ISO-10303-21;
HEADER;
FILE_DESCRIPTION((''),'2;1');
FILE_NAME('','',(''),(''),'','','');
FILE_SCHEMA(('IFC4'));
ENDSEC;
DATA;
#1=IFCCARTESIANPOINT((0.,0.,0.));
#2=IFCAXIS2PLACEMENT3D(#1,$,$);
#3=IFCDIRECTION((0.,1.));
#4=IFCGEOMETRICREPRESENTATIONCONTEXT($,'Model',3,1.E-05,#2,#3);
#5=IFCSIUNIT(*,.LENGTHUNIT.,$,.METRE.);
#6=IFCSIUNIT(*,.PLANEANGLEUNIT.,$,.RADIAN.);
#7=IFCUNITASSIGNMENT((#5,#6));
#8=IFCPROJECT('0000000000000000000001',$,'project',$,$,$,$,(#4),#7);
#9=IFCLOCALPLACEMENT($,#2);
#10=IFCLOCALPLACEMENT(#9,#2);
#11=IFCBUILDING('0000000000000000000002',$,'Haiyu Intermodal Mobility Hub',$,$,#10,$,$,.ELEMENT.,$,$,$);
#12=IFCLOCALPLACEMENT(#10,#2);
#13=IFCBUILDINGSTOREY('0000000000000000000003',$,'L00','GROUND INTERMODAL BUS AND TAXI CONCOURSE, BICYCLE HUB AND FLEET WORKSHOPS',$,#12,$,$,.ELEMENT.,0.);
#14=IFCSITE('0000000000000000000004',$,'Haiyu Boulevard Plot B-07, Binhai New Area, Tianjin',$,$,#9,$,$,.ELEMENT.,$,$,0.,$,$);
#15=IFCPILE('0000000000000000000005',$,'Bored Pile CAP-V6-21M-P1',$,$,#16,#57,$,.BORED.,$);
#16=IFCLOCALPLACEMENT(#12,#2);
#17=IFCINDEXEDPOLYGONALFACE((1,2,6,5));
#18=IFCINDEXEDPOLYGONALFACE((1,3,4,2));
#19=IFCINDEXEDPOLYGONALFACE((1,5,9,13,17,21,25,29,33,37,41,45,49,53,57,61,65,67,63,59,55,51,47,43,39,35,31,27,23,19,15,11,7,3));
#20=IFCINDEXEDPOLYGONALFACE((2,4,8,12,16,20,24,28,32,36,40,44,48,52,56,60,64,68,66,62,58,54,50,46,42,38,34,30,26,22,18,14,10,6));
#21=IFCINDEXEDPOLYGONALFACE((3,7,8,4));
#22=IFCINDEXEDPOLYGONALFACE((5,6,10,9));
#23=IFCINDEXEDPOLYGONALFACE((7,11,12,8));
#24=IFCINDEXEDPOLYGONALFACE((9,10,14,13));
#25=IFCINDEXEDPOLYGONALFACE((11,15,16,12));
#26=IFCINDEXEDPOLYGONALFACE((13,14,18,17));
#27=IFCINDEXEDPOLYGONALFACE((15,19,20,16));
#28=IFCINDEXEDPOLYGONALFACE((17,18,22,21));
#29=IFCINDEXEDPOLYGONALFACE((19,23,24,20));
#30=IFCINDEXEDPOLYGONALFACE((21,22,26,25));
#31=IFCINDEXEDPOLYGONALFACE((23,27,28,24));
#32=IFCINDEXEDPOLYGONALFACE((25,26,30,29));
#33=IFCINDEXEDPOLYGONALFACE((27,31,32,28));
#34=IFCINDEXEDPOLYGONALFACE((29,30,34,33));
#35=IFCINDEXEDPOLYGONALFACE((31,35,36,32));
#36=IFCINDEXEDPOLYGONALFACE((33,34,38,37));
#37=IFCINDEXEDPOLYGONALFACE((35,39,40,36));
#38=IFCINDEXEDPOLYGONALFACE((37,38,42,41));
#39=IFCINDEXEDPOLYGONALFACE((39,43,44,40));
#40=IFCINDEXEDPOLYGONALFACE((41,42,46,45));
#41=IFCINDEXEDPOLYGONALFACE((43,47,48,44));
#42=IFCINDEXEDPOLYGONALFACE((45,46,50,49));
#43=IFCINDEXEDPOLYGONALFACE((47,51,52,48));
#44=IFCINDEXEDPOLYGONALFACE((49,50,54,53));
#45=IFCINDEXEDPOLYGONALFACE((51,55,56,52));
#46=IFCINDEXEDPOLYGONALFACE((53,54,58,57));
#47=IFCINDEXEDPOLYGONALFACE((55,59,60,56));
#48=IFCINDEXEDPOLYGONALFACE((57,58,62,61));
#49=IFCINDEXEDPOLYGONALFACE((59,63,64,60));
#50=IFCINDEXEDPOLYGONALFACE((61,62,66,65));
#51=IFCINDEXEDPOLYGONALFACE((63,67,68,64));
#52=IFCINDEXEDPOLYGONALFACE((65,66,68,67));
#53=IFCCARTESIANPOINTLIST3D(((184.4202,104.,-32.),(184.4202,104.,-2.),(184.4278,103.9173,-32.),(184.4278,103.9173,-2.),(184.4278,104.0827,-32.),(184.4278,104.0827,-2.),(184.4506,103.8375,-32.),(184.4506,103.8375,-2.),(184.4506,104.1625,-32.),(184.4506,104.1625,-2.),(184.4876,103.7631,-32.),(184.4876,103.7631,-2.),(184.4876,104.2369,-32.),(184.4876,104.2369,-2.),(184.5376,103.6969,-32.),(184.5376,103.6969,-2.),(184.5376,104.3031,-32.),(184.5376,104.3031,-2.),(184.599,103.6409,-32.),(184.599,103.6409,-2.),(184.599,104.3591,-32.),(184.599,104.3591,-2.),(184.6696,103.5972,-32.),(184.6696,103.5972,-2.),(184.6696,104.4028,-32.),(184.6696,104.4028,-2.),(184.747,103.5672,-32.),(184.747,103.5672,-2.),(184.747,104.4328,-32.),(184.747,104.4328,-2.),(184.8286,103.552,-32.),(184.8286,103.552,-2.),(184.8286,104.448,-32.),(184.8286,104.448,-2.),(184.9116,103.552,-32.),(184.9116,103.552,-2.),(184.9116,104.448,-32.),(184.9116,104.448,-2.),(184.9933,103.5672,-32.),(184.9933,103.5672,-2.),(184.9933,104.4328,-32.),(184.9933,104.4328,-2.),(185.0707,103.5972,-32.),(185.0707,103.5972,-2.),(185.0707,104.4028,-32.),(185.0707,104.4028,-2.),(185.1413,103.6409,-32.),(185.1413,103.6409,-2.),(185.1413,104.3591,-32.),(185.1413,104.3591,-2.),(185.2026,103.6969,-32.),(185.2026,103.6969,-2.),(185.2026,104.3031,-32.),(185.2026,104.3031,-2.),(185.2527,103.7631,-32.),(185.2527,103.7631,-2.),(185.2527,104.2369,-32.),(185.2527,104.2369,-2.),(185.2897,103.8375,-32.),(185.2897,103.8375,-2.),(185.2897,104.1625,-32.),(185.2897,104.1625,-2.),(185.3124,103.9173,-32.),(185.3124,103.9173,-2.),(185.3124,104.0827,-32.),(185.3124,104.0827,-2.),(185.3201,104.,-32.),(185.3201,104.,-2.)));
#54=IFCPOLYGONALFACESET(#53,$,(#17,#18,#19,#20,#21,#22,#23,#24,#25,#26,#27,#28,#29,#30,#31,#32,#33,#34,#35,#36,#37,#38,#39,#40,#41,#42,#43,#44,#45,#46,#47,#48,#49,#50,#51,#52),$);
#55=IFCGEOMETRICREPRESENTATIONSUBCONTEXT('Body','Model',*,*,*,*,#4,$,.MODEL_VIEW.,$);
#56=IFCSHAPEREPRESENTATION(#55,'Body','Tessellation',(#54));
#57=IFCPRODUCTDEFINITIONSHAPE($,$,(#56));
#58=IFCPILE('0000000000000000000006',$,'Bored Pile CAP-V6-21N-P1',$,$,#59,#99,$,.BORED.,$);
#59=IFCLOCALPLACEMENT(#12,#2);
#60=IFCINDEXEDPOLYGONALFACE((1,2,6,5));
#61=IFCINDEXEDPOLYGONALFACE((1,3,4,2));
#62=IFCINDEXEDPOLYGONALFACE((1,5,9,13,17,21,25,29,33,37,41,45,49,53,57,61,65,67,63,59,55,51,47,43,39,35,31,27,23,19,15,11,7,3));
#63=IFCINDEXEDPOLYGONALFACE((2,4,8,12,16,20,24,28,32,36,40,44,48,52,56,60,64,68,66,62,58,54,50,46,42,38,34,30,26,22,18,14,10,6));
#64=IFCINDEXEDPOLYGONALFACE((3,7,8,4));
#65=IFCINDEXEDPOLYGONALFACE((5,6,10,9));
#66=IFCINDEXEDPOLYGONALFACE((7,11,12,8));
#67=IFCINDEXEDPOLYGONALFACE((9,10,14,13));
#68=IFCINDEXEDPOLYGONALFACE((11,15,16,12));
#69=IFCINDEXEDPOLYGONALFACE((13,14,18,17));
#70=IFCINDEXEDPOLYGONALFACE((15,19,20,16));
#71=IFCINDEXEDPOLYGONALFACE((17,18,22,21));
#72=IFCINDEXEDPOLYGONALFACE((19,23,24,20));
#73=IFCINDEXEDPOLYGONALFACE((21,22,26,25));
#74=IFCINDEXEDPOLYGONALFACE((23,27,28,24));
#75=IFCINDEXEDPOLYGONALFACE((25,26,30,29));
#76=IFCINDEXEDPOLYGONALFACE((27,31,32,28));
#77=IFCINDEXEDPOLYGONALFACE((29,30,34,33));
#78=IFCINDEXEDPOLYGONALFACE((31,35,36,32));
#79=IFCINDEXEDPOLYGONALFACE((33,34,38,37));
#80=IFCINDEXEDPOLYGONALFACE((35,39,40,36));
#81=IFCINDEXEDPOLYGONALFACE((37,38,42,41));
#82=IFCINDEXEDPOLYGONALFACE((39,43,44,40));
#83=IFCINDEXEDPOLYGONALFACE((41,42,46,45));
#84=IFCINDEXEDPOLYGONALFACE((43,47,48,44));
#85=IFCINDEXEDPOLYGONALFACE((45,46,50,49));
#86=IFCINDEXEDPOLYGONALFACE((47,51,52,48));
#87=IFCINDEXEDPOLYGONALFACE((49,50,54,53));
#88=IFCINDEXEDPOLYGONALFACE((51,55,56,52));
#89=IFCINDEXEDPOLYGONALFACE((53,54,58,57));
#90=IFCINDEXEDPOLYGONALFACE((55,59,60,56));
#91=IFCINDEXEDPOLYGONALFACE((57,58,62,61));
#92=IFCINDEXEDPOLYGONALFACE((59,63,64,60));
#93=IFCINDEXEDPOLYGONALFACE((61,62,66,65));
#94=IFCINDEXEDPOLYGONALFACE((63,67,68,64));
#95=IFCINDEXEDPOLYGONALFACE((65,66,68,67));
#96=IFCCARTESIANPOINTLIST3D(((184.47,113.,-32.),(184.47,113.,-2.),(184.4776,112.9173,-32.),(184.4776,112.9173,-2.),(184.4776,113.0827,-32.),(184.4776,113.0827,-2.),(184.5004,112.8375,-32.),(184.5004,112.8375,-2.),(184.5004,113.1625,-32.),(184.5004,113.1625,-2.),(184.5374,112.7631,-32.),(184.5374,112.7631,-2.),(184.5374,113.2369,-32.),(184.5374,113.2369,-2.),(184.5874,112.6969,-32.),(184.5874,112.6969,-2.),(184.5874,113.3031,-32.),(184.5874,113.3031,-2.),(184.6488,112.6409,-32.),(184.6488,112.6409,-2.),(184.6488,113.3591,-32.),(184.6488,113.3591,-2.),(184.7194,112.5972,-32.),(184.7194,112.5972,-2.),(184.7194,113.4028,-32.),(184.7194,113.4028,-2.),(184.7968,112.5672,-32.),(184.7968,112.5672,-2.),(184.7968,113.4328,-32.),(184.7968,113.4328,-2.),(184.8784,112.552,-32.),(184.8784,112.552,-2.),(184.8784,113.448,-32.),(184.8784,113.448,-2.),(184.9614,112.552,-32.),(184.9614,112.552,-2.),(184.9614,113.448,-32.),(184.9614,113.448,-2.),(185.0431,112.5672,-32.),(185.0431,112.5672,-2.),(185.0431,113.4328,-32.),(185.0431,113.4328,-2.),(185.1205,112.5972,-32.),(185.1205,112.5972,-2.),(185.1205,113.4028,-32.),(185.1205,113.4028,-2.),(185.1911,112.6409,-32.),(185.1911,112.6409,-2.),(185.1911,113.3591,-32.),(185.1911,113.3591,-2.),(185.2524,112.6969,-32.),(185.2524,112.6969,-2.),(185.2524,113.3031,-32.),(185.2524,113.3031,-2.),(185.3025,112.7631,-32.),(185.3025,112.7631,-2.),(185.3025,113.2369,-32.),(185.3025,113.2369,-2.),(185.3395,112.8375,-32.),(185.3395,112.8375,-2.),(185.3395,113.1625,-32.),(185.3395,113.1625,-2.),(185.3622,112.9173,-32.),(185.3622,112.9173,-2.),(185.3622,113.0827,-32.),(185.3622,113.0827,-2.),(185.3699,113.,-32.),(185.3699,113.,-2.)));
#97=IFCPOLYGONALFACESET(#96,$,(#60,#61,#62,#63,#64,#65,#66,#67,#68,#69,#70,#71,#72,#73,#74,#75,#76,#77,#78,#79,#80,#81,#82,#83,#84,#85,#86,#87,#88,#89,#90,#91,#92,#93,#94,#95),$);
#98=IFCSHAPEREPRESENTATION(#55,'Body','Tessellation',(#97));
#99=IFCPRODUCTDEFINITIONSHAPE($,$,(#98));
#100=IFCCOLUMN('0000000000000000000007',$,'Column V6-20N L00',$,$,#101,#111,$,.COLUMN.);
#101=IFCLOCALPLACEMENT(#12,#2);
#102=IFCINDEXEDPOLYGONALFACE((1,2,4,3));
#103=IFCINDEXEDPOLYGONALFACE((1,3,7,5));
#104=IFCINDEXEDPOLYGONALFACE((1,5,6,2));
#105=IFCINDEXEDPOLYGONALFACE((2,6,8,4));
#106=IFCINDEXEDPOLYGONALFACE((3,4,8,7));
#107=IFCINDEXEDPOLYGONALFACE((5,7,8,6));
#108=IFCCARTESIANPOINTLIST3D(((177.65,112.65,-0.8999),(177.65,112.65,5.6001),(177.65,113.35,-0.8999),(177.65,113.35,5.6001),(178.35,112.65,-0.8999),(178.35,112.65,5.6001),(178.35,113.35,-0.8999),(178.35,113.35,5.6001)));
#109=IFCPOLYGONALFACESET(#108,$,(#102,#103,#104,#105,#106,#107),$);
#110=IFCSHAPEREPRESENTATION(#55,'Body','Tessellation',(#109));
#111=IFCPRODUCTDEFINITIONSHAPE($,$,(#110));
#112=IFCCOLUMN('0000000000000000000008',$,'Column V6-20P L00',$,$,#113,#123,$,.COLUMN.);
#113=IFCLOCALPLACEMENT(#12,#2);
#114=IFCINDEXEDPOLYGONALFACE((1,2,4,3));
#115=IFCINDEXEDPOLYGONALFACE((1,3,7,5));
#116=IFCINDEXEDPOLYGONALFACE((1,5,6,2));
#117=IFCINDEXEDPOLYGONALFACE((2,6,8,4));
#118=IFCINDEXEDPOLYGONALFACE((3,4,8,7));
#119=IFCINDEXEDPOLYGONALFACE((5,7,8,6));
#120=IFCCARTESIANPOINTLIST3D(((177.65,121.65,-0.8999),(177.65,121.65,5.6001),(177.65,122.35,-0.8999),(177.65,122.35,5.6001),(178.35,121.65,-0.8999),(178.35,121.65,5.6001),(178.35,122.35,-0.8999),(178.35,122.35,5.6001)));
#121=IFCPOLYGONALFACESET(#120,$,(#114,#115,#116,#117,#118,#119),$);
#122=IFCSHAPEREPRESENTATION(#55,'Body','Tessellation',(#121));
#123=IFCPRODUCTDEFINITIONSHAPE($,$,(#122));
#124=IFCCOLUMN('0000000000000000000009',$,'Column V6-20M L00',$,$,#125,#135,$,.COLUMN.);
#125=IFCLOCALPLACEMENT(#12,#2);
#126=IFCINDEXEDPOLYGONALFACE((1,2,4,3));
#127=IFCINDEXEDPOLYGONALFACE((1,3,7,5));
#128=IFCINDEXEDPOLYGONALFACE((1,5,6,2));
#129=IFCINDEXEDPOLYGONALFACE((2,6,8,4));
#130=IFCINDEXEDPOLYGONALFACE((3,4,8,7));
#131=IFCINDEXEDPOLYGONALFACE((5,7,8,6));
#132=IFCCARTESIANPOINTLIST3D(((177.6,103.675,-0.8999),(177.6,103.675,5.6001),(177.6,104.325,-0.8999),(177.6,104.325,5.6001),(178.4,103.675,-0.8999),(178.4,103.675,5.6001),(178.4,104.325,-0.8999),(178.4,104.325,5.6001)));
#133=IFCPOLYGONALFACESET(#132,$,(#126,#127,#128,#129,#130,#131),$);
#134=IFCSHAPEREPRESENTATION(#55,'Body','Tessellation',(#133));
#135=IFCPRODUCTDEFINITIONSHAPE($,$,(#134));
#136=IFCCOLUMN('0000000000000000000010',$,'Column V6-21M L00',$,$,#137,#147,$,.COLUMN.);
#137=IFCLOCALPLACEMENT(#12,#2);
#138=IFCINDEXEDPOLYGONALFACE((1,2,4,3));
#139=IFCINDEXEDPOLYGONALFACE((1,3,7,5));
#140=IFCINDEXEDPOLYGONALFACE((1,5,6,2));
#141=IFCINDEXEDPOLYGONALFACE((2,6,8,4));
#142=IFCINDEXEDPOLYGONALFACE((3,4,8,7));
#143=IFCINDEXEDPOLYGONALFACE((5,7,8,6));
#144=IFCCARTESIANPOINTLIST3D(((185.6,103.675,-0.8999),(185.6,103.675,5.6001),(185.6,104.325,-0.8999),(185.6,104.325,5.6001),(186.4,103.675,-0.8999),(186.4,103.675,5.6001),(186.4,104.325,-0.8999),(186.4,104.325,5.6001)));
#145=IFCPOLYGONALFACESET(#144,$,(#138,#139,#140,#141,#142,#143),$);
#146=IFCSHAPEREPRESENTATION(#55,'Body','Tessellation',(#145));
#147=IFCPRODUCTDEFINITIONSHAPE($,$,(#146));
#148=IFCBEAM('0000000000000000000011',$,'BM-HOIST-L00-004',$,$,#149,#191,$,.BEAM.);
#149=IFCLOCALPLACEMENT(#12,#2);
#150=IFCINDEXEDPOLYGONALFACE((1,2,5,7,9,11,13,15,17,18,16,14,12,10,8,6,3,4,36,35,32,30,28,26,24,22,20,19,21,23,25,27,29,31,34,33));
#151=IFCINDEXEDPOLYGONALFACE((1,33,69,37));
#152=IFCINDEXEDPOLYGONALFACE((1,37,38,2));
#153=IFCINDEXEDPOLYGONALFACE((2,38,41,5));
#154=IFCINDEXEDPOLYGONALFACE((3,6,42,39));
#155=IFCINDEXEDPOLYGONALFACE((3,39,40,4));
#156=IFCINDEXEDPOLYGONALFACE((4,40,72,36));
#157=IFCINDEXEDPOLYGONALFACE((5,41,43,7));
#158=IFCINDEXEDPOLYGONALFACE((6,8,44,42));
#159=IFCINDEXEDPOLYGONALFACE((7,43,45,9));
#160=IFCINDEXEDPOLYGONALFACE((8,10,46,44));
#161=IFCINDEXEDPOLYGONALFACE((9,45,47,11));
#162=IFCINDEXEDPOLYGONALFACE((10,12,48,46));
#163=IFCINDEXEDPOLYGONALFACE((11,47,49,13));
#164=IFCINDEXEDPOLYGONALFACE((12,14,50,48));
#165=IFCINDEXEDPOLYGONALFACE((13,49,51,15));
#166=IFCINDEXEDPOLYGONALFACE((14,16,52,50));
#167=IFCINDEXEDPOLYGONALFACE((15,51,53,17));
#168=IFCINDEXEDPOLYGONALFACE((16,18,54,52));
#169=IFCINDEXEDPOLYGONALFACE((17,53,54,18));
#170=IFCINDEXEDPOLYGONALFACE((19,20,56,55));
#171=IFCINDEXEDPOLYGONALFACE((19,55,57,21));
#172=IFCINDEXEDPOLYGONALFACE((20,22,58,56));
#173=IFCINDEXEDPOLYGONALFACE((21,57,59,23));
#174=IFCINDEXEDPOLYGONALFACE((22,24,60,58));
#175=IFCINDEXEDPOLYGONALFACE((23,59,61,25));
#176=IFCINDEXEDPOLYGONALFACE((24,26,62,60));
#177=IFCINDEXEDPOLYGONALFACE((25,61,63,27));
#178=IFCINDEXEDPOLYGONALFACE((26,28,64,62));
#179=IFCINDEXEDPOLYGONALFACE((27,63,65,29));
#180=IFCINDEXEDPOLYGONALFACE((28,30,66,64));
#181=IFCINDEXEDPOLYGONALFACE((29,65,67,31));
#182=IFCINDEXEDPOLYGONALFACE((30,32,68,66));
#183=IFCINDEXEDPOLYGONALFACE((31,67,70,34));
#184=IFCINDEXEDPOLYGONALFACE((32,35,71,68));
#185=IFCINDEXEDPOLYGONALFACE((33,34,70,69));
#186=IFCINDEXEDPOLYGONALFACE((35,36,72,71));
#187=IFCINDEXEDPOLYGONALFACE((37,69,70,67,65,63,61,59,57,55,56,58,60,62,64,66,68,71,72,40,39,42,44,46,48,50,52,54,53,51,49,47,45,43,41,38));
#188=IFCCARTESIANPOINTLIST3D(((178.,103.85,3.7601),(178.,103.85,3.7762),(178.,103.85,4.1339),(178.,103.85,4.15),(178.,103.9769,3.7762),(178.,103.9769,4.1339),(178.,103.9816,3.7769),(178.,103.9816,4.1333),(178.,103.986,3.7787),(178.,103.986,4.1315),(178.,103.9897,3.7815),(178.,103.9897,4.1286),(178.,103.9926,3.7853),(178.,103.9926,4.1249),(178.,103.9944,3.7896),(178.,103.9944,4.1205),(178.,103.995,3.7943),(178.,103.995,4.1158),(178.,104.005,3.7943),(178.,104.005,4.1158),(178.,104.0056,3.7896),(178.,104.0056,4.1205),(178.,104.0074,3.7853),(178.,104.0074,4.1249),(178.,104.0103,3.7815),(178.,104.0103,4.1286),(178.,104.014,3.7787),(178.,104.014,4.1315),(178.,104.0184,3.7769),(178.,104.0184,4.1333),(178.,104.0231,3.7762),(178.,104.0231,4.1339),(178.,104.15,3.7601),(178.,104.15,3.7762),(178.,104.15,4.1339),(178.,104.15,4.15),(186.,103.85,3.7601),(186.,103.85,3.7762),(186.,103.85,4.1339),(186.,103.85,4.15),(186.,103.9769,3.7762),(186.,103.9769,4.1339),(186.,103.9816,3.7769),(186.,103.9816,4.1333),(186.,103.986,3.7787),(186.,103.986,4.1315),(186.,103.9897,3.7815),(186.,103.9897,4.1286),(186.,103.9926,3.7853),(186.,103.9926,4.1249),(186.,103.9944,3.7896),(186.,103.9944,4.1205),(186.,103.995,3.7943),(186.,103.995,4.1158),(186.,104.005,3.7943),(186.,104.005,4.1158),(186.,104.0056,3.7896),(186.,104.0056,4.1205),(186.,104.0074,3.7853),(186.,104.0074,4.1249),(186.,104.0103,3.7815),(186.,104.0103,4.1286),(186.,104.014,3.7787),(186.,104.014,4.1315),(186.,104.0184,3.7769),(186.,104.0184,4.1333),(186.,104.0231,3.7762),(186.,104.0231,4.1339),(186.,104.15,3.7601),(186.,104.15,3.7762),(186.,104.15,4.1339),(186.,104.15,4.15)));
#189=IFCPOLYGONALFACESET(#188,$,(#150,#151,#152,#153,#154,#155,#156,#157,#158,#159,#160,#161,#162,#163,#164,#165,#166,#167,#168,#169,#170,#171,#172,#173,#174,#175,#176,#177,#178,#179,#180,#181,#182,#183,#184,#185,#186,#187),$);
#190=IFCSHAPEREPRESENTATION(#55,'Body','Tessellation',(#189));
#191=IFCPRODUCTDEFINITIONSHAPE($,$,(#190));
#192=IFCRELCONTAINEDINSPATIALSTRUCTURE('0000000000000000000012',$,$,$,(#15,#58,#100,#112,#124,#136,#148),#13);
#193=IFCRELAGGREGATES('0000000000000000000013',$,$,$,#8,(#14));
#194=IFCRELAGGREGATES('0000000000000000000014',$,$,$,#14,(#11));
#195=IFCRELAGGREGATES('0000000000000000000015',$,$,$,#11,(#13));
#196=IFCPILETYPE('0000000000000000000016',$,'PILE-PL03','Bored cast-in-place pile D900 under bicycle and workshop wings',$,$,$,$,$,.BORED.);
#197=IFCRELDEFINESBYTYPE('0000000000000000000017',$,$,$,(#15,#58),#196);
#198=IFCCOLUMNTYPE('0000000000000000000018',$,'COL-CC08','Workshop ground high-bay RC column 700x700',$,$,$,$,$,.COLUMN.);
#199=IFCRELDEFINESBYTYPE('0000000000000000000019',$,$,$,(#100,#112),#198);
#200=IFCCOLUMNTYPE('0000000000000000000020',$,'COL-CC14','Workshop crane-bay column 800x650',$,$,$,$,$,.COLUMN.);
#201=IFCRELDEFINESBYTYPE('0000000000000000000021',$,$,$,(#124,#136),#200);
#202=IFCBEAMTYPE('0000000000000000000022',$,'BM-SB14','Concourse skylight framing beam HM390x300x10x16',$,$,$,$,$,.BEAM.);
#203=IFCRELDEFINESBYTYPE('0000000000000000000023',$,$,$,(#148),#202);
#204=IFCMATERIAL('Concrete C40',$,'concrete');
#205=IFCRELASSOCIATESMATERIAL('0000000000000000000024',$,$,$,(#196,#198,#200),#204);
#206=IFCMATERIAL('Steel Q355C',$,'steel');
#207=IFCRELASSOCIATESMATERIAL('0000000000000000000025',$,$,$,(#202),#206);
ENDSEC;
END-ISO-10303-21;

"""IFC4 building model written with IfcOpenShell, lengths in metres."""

from ifc_helpers import new_model, si_unit, direction, frame, origin, origin_2d, place, context, subcontext, project, spatial, rectangle, circle, i_section, extrude, material, material_profile, profile_set, type_object, element, save


model = new_model("IFC4")

# Units and contexts
model_context = context("Model", 3, precision=1e-05, world=origin(), true_north=direction((0.0, 1.0)))
body_context = subcontext(model_context, "Body", "Model", "MODEL_VIEW")
ifc_project = project(units=[si_unit("LENGTHUNIT", "METRE"), si_unit("PLANEANGLEUNIT", "RADIAN")], contexts=[model_context])

# Site, building, storey
site_placement = place(None, origin())
site = spatial("IfcSite", under=ifc_project, at=site_placement, Name="Haiyu Boulevard Plot B-07, Binhai New Area, Tianjin", CompositionType="ELEMENT", RefElevation=0.0)
building_placement = place(site_placement, origin())
building = spatial("IfcBuilding", under=site, at=building_placement, Name="Haiyu Intermodal Mobility Hub", CompositionType="ELEMENT")
storey_placement = place(building_placement, origin())
storey = spatial("IfcBuildingStorey", under=building, at=storey_placement, Name="L00", Description="GROUND INTERMODAL BUS AND TAXI CONCOURSE, BICYCLE HUB AND FLEET WORKSHOPS", CompositionType="ELEMENT", Elevation=0.0)

# Shared definitions
ifc_material_1 = material(Name="Concrete C40", Category="concrete")

# Piles
ifc_material_profile_1 = material_profile(ifc_material_1, circle(Radius=0.45, at=origin_2d()), Name="PILE-D900")
ifc_profile_set_1 = profile_set([ifc_material_profile_1], Name="Concrete C40")
pile_type = type_object("IfcPileType", Name="PILE-PL03", Description="Bored cast-in-place pile D900 under bicycle and workshop wings", PredefinedType="BORED", material=ifc_profile_set_1)
for number, where, z_axis, x_axis, name in (
    (1, (184.8701, 104.0, -2.0), (0.0, 0.0, -1.0), (1.0, 0.0, 0.0), "Bored Pile CAP-V6-21M-P1"),
    (2, (184.9199, 113.0, -2.0), (0.0, 0.0, -1.0), (1.0, 0.0, 0.0), "Bored Pile CAP-V6-21N-P1"),
):
    element("IfcPile", number, at=place(storey_placement, frame(where, z_axis=z_axis, x_axis=x_axis)), inside=storey, type_object=pile_type, Name=name, PredefinedType="BORED", context=body_context, shape_type="SweptSolid", body=[
        extrude(circle(Radius=0.45, at=origin_2d()), origin(), (0.0, 0.0, 1.0), 30.0),
    ])

# Columns
ifc_material_profile_2 = material_profile(ifc_material_1, rectangle(XDim=0.7, YDim=0.7, at=origin_2d()), Name="RC700x700")
ifc_profile_set_2 = profile_set([ifc_material_profile_2], Name="Concrete C40")
column_type_1 = type_object("IfcColumnType", Name="COL-CC08", Description="Workshop ground high-bay RC column 700x700", PredefinedType="COLUMN", material=ifc_profile_set_2)
for number, where, z_axis, x_axis, name in (
    (3, (178.0, 113.0, -0.8999), (0.0, 0.0, 1.0), (1.0, 0.0, 0.0), "Column V6-20N L00"),
    (4, (178.0, 122.0, -0.8999), (0.0, 0.0, 1.0), (1.0, 0.0, 0.0), "Column V6-20P L00"),
):
    element("IfcColumn", number, at=place(storey_placement, frame(where, z_axis=z_axis, x_axis=x_axis)), inside=storey, type_object=column_type_1, Name=name, PredefinedType="COLUMN", context=body_context, shape_type="SweptSolid", body=[
        extrude(rectangle(XDim=0.7, YDim=0.7, at=origin_2d()), origin(), (0.0, 0.0, 1.0), 6.5),
    ])
ifc_material_profile_3 = material_profile(ifc_material_1, rectangle(XDim=0.8, YDim=0.6499, at=origin_2d()), Name="C800x650")
ifc_profile_set_3 = profile_set([ifc_material_profile_3], Name="Concrete C40")
column_type_2 = type_object("IfcColumnType", Name="COL-CC14", Description="Workshop crane-bay column 800x650", PredefinedType="COLUMN", material=ifc_profile_set_3)
for number, where, z_axis, x_axis, name in (
    (5, (178.0, 104.0, -0.8999), (0.0, 0.0, 1.0), (1.0, 0.0, 0.0), "Column V6-20M L00"),
    (6, (186.0, 104.0, -0.8999), (0.0, 0.0, 1.0), (1.0, 0.0, 0.0), "Column V6-21M L00"),
):
    element("IfcColumn", number, at=place(storey_placement, frame(where, z_axis=z_axis, x_axis=x_axis)), inside=storey, type_object=column_type_2, Name=name, PredefinedType="COLUMN", context=body_context, shape_type="SweptSolid", body=[
        extrude(rectangle(XDim=0.8, YDim=0.6499, at=origin_2d()), origin(), (0.0, 0.0, 1.0), 6.5),
    ])

# Beam
ifc_material_2 = material(Name="Steel Q355C", Category="steel")
ifc_material_profile_4 = material_profile(ifc_material_2, i_section(OverallWidth=0.3, OverallDepth=0.3899, WebThickness=0.01, FlangeThickness=0.0161, FilletRadius=0.0181, at=origin_2d()), Name="HM390x300x10x16")
ifc_profile_set_4 = profile_set([ifc_material_profile_4], Name="Steel Q355C")
beam_type = type_object("IfcBeamType", Name="BM-SB14", Description="Concourse skylight framing beam HM390x300x10x16", PredefinedType="BEAM", material=ifc_profile_set_4)
beam_placement = place(storey_placement, frame((178.0, 104.0, 3.9551), z_axis=(1.0, 0.0, 0.0), x_axis=(0.0, 1.0, 0.0)))
element("IfcBeam", 7, at=beam_placement, inside=storey, type_object=beam_type, Name="BM-HOIST-L00-004", PredefinedType="BEAM", context=body_context, shape_type="SweptSolid", body=[
    extrude(i_section(OverallWidth=0.3, OverallDepth=0.3899, WebThickness=0.01, FlangeThickness=0.0161, FilletRadius=0.0181, at=origin_2d()), origin(), (0.0, 0.0, 1.0), 8.0),
])

save(model, "model.ifc")
